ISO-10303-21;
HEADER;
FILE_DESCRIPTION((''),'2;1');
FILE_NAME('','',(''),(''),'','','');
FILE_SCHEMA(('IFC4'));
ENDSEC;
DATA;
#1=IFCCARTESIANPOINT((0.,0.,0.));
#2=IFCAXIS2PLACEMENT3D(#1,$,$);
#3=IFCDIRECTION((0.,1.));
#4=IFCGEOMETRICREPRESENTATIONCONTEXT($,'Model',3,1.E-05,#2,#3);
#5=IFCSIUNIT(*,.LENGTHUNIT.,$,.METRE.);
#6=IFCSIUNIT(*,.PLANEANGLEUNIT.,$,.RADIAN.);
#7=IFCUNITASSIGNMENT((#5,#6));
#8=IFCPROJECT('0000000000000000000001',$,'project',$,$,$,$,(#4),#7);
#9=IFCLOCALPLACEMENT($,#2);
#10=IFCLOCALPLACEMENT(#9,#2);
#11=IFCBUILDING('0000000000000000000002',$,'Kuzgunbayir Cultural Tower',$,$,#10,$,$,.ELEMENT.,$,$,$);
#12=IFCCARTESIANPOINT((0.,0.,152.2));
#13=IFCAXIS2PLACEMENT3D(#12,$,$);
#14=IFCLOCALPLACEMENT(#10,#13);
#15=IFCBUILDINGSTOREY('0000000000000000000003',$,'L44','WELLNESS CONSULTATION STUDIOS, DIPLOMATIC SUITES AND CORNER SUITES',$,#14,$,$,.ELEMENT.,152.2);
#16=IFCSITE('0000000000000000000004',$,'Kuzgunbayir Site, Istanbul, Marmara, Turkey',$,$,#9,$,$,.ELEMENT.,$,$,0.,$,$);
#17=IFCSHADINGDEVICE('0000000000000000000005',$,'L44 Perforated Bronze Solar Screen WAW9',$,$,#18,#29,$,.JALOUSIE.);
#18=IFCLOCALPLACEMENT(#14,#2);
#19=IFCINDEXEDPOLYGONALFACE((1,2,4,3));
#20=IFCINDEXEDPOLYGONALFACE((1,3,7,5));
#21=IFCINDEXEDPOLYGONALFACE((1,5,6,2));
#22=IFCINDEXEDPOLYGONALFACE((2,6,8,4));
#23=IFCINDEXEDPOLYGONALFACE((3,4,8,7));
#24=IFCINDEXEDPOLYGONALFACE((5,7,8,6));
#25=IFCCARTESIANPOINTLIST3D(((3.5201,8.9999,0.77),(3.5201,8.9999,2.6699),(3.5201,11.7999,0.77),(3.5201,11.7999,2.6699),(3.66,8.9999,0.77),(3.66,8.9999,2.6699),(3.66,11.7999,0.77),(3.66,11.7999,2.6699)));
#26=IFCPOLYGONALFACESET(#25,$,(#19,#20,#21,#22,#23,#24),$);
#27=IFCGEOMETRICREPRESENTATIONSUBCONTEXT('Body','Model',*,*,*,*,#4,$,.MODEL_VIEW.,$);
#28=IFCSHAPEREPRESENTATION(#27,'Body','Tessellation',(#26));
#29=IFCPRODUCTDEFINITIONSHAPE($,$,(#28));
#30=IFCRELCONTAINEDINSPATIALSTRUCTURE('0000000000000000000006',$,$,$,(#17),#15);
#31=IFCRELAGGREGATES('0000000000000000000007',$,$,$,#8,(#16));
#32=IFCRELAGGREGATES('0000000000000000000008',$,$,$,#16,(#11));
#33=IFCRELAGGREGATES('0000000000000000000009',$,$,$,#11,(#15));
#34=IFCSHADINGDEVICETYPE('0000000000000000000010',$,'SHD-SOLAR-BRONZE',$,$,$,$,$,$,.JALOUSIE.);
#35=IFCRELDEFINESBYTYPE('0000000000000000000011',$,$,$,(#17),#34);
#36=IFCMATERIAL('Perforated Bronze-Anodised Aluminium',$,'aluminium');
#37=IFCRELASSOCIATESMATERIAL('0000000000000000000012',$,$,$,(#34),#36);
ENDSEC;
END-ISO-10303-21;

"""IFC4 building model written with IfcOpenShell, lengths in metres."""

from ifc_helpers import new_model, si_unit, direction, frame, origin, origin_2d, place, context, subcontext, project, spatial, rectangle, extrude, material, type_object, element, save


model = new_model("IFC4")

# Units and contexts
model_context = context("Model", 3, precision=1e-05, world=origin(), true_north=direction((0.0, 1.0)))
body_context = subcontext(model_context, "Body", "Model", "MODEL_VIEW")
ifc_project = project(units=[si_unit("LENGTHUNIT", "METRE"), si_unit("PLANEANGLEUNIT", "RADIAN")], contexts=[model_context])

# Site, building, storey
site_placement = place(None, origin())
site = spatial("IfcSite", under=ifc_project, at=site_placement, Name="Kuzgunbayir Site, Istanbul, Marmara, Turkey", CompositionType="ELEMENT", RefElevation=0.0)
building_placement = place(site_placement, origin())
building = spatial("IfcBuilding", under=site, at=building_placement, Name="Kuzgunbayir Cultural Tower", CompositionType="ELEMENT")
storey_placement = place(building_placement, frame((0.0, 0.0, 152.2)))
storey = spatial("IfcBuildingStorey", under=building, at=storey_placement, Name="L44", Description="WELLNESS CONSULTATION STUDIOS, DIPLOMATIC SUITES AND CORNER SUITES", CompositionType="ELEMENT", Elevation=152.2)

# Shading device
ifc_material_1 = material(Name="Perforated Bronze-Anodised Aluminium", Category="aluminium")
shading_device_type = type_object("IfcShadingDeviceType", Name="SHD-SOLAR-BRONZE", PredefinedType="JALOUSIE", material=ifc_material_1)
shading_device_placement = place(storey_placement, frame((3.5901, 10.3999, 0.77), z_axis=(0.0, 0.0, 1.0), x_axis=(1.0, 0.0, 0.0)))
element("IfcShadingDevice", 1, at=shading_device_placement, inside=storey, type_object=shading_device_type, Name="L44 Perforated Bronze Solar Screen WAW9", PredefinedType="JALOUSIE", context=body_context, shape_type="SweptSolid", body=[
    extrude(rectangle(XDim=0.1399, YDim=2.8, at=origin_2d()), origin(), (0.0, 0.0, 1.0), 1.8999),
])

save(model, "model.ifc")
